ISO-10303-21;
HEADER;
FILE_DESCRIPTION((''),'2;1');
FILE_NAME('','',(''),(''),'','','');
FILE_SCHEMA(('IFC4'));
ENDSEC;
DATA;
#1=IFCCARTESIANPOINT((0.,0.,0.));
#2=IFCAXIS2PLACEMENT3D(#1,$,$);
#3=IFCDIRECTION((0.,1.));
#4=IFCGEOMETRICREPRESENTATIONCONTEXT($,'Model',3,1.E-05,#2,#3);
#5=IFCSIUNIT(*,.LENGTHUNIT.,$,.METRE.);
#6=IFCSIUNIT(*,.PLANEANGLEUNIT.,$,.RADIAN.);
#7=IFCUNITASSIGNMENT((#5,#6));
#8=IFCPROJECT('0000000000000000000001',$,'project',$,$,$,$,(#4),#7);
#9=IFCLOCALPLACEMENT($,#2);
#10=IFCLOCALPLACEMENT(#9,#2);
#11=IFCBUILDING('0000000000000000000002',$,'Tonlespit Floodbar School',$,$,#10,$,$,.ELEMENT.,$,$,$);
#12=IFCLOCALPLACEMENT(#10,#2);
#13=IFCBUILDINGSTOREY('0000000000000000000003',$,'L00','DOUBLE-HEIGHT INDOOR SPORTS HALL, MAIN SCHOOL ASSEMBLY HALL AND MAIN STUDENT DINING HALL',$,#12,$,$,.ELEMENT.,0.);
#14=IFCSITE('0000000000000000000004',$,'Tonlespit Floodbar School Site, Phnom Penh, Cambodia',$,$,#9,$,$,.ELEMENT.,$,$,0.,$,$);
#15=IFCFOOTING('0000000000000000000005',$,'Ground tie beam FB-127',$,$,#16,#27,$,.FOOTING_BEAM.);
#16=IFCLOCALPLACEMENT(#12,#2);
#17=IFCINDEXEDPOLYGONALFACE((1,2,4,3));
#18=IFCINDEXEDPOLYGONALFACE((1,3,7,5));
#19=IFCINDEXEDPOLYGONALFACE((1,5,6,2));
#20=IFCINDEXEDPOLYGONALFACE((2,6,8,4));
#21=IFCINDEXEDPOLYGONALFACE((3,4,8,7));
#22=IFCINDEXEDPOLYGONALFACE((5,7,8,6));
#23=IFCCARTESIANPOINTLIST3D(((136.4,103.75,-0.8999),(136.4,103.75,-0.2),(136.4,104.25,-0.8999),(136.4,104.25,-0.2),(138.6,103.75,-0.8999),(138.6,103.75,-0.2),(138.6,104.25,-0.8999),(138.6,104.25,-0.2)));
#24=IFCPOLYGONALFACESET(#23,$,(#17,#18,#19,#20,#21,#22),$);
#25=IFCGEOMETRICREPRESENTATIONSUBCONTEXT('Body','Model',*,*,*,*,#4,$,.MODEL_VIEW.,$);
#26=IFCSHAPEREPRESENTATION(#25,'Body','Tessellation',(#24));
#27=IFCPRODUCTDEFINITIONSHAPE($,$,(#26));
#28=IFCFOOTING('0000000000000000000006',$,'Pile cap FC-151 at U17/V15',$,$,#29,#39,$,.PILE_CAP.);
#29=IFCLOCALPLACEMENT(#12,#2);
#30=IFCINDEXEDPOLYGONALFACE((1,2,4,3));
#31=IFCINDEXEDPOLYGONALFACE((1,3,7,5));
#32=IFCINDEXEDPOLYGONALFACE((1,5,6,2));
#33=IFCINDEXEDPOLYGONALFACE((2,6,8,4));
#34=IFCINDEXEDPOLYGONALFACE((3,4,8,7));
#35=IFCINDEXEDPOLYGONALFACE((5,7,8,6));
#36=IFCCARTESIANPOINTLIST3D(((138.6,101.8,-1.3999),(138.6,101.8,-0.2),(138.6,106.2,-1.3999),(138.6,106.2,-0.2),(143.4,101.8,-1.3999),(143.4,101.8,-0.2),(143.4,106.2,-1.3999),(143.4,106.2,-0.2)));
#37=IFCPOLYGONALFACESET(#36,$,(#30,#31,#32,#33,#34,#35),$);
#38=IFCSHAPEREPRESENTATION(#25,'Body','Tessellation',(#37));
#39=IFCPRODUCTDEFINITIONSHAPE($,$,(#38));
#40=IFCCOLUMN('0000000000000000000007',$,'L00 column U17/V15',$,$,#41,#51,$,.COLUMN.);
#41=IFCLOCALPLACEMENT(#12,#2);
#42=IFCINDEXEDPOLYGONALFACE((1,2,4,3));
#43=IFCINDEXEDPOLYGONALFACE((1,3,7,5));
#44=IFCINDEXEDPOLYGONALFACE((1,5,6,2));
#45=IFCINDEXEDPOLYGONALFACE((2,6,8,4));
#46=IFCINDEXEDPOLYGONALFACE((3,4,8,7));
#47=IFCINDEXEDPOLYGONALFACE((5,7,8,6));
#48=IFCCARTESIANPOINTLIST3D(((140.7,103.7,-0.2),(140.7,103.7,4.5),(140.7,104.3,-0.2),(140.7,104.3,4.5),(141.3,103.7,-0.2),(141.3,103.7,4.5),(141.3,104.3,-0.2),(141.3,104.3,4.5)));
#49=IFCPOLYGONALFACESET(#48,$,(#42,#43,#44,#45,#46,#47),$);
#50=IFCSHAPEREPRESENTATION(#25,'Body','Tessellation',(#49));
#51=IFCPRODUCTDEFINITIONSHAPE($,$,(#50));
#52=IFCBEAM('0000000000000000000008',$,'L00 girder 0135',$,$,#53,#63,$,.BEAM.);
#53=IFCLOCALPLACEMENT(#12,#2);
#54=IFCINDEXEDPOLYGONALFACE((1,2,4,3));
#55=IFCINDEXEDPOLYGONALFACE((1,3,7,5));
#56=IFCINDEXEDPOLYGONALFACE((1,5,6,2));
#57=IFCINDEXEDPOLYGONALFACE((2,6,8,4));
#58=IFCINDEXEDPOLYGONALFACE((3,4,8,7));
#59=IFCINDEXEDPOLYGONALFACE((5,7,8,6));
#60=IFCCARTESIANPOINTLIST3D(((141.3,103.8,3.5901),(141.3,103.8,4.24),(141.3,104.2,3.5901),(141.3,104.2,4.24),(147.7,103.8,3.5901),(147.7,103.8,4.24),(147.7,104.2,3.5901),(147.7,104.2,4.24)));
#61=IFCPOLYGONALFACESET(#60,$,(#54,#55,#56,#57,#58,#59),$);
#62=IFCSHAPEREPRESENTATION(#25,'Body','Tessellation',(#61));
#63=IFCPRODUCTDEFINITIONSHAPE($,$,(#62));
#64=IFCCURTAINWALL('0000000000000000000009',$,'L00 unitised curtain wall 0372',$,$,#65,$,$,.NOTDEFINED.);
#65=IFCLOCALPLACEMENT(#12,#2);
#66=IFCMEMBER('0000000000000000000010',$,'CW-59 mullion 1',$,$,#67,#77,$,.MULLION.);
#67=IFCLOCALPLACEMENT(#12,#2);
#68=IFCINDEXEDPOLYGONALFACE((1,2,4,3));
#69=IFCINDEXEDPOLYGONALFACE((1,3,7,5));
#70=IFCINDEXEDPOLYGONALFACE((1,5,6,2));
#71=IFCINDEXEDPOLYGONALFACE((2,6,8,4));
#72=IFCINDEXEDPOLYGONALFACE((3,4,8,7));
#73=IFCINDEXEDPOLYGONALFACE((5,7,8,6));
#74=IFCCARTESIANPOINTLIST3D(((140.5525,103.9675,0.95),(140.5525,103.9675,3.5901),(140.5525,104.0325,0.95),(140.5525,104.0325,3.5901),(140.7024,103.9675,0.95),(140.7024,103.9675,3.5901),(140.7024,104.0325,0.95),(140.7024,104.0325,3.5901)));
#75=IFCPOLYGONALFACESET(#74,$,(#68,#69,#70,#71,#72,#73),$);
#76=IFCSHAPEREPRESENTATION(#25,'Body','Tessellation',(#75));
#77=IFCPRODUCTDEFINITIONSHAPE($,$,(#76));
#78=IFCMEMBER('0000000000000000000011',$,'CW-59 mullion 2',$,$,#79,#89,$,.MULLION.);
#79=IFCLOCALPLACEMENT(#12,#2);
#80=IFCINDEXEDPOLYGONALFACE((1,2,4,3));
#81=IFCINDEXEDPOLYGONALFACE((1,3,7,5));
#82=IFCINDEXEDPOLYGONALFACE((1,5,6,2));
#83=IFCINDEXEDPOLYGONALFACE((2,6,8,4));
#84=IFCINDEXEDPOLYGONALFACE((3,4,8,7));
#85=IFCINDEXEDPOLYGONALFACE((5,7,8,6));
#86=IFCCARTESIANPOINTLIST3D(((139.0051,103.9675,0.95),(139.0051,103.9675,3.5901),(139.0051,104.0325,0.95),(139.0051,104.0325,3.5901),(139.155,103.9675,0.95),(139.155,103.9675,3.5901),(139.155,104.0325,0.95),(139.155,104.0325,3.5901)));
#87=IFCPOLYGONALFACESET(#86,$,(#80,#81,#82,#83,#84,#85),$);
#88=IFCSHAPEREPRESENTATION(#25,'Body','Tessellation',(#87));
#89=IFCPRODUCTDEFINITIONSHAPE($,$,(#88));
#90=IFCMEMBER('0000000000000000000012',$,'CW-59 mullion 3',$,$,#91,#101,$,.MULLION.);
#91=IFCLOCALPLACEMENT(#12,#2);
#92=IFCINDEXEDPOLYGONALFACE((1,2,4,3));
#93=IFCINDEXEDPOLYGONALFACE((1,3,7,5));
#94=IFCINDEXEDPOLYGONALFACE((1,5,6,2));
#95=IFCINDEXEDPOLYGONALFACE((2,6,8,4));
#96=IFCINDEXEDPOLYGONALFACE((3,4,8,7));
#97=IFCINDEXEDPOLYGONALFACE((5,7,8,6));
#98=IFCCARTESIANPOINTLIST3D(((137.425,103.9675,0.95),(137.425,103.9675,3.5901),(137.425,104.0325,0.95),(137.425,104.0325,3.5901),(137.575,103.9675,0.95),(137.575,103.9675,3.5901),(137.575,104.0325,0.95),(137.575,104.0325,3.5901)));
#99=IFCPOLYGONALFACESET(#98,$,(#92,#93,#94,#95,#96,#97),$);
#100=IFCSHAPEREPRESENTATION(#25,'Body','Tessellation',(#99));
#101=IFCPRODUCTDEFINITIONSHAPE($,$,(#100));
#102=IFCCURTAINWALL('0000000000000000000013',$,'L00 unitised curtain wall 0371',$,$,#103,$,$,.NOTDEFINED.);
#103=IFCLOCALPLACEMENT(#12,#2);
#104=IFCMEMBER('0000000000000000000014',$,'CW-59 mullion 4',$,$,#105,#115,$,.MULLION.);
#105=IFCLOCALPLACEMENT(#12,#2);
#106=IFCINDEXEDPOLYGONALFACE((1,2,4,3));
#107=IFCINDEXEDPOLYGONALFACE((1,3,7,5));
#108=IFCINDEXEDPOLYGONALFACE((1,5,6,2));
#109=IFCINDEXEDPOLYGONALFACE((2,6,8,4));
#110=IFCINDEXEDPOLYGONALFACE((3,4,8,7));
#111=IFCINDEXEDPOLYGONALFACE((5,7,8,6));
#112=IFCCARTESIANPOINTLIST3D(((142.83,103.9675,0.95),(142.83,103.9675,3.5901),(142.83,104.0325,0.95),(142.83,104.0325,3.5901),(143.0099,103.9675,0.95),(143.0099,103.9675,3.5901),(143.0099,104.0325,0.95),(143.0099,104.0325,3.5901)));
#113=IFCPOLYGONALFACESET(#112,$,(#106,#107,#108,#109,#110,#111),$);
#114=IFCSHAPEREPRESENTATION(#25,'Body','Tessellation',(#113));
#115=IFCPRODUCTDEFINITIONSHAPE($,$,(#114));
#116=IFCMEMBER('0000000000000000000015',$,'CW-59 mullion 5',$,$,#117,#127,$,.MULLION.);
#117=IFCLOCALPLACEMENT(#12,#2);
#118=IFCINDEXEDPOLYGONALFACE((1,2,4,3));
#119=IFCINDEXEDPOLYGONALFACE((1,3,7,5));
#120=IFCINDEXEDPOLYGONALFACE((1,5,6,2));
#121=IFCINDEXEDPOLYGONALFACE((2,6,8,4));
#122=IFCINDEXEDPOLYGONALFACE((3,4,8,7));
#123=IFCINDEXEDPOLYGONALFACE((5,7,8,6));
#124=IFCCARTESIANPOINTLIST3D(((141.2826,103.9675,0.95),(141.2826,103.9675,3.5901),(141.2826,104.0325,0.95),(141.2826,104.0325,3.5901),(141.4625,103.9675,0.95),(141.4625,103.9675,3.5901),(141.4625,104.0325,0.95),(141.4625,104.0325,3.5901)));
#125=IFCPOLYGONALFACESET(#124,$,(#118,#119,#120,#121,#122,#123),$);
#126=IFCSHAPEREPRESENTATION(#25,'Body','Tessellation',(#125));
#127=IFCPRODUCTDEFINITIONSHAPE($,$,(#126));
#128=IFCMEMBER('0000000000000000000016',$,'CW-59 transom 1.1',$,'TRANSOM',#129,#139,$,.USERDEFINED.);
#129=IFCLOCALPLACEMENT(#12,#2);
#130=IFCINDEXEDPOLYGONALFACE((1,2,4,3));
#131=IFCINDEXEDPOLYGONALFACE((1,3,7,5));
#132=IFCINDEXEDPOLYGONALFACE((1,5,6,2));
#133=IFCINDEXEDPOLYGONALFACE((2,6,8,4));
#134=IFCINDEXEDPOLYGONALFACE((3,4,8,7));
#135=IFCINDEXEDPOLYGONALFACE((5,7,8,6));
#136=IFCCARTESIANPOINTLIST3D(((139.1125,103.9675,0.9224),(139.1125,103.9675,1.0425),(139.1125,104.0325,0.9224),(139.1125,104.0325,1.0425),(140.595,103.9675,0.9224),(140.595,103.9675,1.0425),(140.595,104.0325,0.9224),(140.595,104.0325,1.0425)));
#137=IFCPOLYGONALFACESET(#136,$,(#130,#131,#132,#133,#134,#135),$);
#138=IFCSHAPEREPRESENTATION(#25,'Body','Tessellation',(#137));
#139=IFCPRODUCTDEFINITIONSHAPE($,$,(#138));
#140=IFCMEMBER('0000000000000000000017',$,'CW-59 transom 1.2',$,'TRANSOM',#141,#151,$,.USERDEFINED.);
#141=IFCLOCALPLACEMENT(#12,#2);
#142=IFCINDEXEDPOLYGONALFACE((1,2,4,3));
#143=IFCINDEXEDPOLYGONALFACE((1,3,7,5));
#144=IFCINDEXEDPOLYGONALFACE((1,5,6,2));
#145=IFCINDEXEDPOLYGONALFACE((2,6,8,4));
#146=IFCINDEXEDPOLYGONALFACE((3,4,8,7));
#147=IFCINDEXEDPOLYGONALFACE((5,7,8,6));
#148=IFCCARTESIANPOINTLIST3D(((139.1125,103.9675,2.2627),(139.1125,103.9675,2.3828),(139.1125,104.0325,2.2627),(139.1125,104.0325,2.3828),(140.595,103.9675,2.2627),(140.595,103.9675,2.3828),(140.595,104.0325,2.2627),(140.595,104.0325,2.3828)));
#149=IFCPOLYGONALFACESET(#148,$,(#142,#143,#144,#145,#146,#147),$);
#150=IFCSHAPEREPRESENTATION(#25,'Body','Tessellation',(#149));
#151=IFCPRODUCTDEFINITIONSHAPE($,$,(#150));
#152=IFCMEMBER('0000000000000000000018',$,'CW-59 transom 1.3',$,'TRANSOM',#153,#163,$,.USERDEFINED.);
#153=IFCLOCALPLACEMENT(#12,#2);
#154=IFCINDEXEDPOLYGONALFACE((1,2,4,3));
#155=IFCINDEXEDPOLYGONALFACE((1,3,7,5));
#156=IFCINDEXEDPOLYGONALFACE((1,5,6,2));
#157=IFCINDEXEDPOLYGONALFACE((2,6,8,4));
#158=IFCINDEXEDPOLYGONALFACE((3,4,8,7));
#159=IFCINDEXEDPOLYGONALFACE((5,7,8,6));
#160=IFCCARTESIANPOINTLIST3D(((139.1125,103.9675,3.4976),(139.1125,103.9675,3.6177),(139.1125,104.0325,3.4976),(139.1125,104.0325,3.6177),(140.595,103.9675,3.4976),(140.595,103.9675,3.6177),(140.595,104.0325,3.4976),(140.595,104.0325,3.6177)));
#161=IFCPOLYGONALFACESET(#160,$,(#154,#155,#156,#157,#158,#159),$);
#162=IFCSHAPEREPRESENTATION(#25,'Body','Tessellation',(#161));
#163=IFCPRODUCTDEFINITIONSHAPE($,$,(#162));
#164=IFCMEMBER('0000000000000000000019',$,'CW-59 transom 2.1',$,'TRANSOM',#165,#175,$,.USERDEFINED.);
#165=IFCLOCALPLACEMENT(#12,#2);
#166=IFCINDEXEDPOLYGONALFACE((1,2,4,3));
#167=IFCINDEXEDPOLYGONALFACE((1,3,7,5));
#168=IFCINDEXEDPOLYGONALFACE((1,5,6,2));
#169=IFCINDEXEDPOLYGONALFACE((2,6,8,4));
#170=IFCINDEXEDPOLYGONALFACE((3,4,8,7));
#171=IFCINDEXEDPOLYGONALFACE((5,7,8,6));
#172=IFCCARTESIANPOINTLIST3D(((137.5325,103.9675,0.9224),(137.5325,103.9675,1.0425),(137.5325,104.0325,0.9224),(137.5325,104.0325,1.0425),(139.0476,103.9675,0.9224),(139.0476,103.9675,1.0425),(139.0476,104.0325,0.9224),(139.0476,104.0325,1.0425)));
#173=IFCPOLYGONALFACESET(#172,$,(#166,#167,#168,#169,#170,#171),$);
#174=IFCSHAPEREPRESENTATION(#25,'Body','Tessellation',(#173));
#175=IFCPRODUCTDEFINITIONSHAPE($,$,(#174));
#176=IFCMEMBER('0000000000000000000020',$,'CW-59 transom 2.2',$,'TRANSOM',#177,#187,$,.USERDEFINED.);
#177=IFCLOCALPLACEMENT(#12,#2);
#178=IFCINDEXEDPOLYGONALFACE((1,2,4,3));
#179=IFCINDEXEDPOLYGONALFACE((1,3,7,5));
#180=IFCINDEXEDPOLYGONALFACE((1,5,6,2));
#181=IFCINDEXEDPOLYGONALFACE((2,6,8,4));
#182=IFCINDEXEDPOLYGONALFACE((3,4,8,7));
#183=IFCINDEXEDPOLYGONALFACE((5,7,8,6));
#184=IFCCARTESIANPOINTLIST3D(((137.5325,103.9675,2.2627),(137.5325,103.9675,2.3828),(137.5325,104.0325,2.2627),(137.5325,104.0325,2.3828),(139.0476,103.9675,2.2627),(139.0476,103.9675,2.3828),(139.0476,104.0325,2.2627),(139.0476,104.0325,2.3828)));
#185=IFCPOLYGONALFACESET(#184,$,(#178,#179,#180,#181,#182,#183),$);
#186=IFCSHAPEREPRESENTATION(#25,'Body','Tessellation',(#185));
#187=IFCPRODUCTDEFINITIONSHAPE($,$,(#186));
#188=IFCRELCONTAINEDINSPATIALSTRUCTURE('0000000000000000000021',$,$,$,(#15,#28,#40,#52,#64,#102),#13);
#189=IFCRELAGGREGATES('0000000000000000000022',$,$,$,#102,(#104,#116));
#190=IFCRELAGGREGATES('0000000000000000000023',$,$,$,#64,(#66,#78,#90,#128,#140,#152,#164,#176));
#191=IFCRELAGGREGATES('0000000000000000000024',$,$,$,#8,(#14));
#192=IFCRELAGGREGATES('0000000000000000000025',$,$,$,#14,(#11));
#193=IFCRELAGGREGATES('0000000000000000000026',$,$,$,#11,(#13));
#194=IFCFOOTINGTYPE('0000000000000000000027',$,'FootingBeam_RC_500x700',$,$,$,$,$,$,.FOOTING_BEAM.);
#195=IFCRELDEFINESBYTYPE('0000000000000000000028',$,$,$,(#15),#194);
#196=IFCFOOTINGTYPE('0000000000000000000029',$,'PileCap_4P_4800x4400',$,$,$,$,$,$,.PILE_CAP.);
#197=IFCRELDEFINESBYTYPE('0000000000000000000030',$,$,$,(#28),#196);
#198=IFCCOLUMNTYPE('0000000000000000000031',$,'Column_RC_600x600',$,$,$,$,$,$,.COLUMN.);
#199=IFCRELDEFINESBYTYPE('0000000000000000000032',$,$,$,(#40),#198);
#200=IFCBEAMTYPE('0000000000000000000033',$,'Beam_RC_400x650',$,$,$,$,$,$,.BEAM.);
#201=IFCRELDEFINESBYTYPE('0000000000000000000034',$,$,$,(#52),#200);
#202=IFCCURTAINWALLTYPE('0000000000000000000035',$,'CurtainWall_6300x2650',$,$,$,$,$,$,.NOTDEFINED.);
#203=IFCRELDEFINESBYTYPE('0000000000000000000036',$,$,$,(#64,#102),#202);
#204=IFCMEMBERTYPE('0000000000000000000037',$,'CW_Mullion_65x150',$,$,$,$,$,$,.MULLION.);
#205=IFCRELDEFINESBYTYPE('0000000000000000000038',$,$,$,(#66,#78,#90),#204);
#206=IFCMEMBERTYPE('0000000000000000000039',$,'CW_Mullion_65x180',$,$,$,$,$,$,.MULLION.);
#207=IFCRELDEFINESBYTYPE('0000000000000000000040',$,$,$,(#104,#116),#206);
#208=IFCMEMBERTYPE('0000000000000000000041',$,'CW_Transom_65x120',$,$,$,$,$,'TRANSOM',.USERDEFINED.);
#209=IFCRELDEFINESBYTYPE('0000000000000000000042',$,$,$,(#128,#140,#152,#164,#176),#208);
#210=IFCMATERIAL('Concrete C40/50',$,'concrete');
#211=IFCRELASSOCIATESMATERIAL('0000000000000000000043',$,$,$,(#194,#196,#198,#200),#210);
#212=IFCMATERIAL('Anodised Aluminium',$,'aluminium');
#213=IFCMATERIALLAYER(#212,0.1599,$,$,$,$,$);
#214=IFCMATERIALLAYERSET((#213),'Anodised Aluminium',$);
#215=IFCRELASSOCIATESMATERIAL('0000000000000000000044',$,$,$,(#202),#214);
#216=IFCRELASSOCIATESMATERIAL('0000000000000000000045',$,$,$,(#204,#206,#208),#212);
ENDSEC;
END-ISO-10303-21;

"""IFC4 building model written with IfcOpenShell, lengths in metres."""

from ifc_helpers import new_model, si_unit, direction, frame, origin, origin_2d, place, context, subcontext, project, spatial, rectangle, extrude, material, layer, layer_set, material_profile, profile_set, type_object, element, aggregate, save


model = new_model("IFC4")

# Units and contexts
model_context = context("Model", 3, precision=1e-05, world=origin(), true_north=direction((0.0, 1.0)))
body_context = subcontext(model_context, "Body", "Model", "MODEL_VIEW")
ifc_project = project(units=[si_unit("LENGTHUNIT", "METRE"), si_unit("PLANEANGLEUNIT", "RADIAN")], contexts=[model_context])

# Site, building, storey
site_placement = place(None, origin())
site = spatial("IfcSite", under=ifc_project, at=site_placement, Name="Tonlespit Floodbar School Site, Phnom Penh, Cambodia", CompositionType="ELEMENT", RefElevation=0.0)
building_placement = place(site_placement, origin())
building = spatial("IfcBuilding", under=site, at=building_placement, Name="Tonlespit Floodbar School", CompositionType="ELEMENT")
storey_placement = place(building_placement, origin())
storey = spatial("IfcBuildingStorey", under=building, at=storey_placement, Name="L00", Description="DOUBLE-HEIGHT INDOOR SPORTS HALL, MAIN SCHOOL ASSEMBLY HALL AND MAIN STUDENT DINING HALL", CompositionType="ELEMENT", Elevation=0.0)

# Footings
ifc_material_1 = material(Name="Concrete C40/50", Category="concrete")
footing_type_1 = type_object("IfcFootingType", Name="FootingBeam_RC_500x700", PredefinedType="FOOTING_BEAM", material=ifc_material_1)
footing_1_placement = place(storey_placement, frame((137.5, 104.0, -0.8999), z_axis=(0.0, 0.0, 1.0), x_axis=(1.0, 0.0, 0.0)))
element("IfcFooting", 1, at=footing_1_placement, inside=storey, type_object=footing_type_1, Name="Ground tie beam FB-127", PredefinedType="FOOTING_BEAM", context=body_context, shape_type="SweptSolid", body=[
    extrude(rectangle(XDim=2.2, YDim=0.5, at=origin_2d()), origin(), (0.0, 0.0, 1.0), 0.7),
])
footing_type_2 = type_object("IfcFootingType", Name="PileCap_4P_4800x4400", PredefinedType="PILE_CAP", material=ifc_material_1)
footing_2_placement = place(storey_placement, frame((141.0, 104.0, -1.3999), z_axis=(0.0, 0.0, 1.0), x_axis=(1.0, 0.0, 0.0)))
element("IfcFooting", 2, at=footing_2_placement, inside=storey, type_object=footing_type_2, Name="Pile cap FC-151 at U17/V15", PredefinedType="PILE_CAP", context=body_context, shape_type="SweptSolid", body=[
    extrude(rectangle(XDim=4.8, YDim=4.3999, at=origin_2d()), origin(), (0.0, 0.0, 1.0), 1.2),
])

# Column
ifc_material_profile_1 = material_profile(ifc_material_1, rectangle(XDim=0.6001, YDim=0.6001, at=origin_2d()), Name="RC 600x600")
ifc_profile_set_1 = profile_set([ifc_material_profile_1], Name="Concrete C40/50")
column_type = type_object("IfcColumnType", Name="Column_RC_600x600", PredefinedType="COLUMN", material=ifc_profile_set_1)
column_placement = place(storey_placement, frame((141.0, 104.0, -0.2), z_axis=(0.0, 0.0, 1.0), x_axis=(1.0, 0.0, 0.0)))
element("IfcColumn", 3, at=column_placement, inside=storey, type_object=column_type, Name="L00 column U17/V15", PredefinedType="COLUMN", context=body_context, shape_type="SweptSolid", body=[
    extrude(rectangle(XDim=0.6001, YDim=0.6001, at=origin_2d()), origin(), (0.0, 0.0, 1.0), 4.7),
])

# Beam
ifc_material_profile_2 = material_profile(ifc_material_1, rectangle(XDim=0.3999, YDim=0.6499, at=origin_2d()), Name="RC 400x650")
ifc_profile_set_2 = profile_set([ifc_material_profile_2], Name="Concrete C40/50")
beam_type = type_object("IfcBeamType", Name="Beam_RC_400x650", PredefinedType="BEAM", material=ifc_profile_set_2)
beam_placement = place(storey_placement, frame((141.3, 104.0, 3.915), z_axis=(1.0, 0.0, 0.0), x_axis=(0.0, 1.0, 0.0)))
element("IfcBeam", 4, at=beam_placement, inside=storey, type_object=beam_type, Name="L00 girder 0135", PredefinedType="BEAM", context=body_context, shape_type="SweptSolid", body=[
    extrude(rectangle(XDim=0.3999, YDim=0.6499, at=origin_2d()), origin(), (0.0, 0.0, 1.0), 6.3999),
])

# Curtain walls, members
ifc_material_2 = material(Name="Anodised Aluminium", Category="aluminium")
ifc_layer_1 = layer(ifc_material_2, 0.1599)
ifc_layer_set_1 = layer_set([ifc_layer_1], Name="Anodised Aluminium")
curtain_wall_type = type_object("IfcCurtainWallType", Name="CurtainWall_6300x2650", PredefinedType="NOTDEFINED", material=ifc_layer_set_1)
curtain_wall_1_placement = place(storey_placement, origin())
curtain_wall_1 = element("IfcCurtainWall", 5, at=curtain_wall_1_placement, inside=storey, type_object=curtain_wall_type, Name="L00 unitised curtain wall 0372", PredefinedType="NOTDEFINED")
ifc_material_profile_3 = material_profile(ifc_material_2, rectangle(XDim=0.0649, YDim=0.1499, at=origin_2d()), Name="ALU M65x150")
ifc_profile_set_3 = profile_set([ifc_material_profile_3], Name="Anodised Aluminium")
member_type_1 = type_object("IfcMemberType", Name="CW_Mullion_65x150", PredefinedType="MULLION", material=ifc_profile_set_3)
member_1_placement = place(storey_placement, frame((140.6274, 104.0, 0.95), z_axis=(0.0, 0.0, 1.0), x_axis=(0.0, -1.0, 0.0)))
member_1 = element("IfcMember", 6, at=member_1_placement, type_object=member_type_1, Name="CW-59 mullion 1", PredefinedType="MULLION", context=body_context, shape_type="SweptSolid", body=[
    extrude(rectangle(XDim=0.0649, YDim=0.1499, at=origin_2d()), origin(), (0.0, 0.0, 1.0), 2.6401),
])
member_2_placement = place(storey_placement, frame((139.0801, 104.0, 0.95), z_axis=(0.0, 0.0, 1.0), x_axis=(0.0, -1.0, 0.0)))
member_2 = element("IfcMember", 7, at=member_2_placement, type_object=member_type_1, Name="CW-59 mullion 2", PredefinedType="MULLION", context=body_context, shape_type="SweptSolid", body=[
    extrude(rectangle(XDim=0.0649, YDim=0.1499, at=origin_2d()), origin(), (0.0, 0.0, 1.0), 2.6401),
])
member_3_placement = place(storey_placement, frame((137.5, 104.0, 0.95), z_axis=(0.0, 0.0, 1.0), x_axis=(0.0, -1.0, 0.0)))
member_3 = element("IfcMember", 8, at=member_3_placement, type_object=member_type_1, Name="CW-59 mullion 3", PredefinedType="MULLION", context=body_context, shape_type="SweptSolid", body=[
    extrude(rectangle(XDim=0.0649, YDim=0.1499, at=origin_2d()), origin(), (0.0, 0.0, 1.0), 2.6401),
])
curtain_wall_2_placement = place(storey_placement, origin())
curtain_wall_2 = element("IfcCurtainWall", 9, at=curtain_wall_2_placement, inside=storey, type_object=curtain_wall_type, Name="L00 unitised curtain wall 0371", PredefinedType="NOTDEFINED")
ifc_material_profile_4 = material_profile(ifc_material_2, rectangle(XDim=0.0649, YDim=0.1799, at=origin_2d()), Name="ALU M65x180")
ifc_profile_set_4 = profile_set([ifc_material_profile_4], Name="Anodised Aluminium")
member_type_2 = type_object("IfcMemberType", Name="CW_Mullion_65x180", PredefinedType="MULLION", material=ifc_profile_set_4)
member_4_placement = place(storey_placement, frame((142.9199, 104.0, 0.95), z_axis=(0.0, 0.0, 1.0), x_axis=(0.0, -1.0, 0.0)))
member_4 = element("IfcMember", 10, at=member_4_placement, type_object=member_type_2, Name="CW-59 mullion 4", PredefinedType="MULLION", context=body_context, shape_type="SweptSolid", body=[
    extrude(rectangle(XDim=0.0649, YDim=0.1799, at=origin_2d()), origin(), (0.0, 0.0, 1.0), 2.6401),
])
member_5_placement = place(storey_placement, frame((141.3726, 104.0, 0.95), z_axis=(0.0, 0.0, 1.0), x_axis=(0.0, -1.0, 0.0)))
member_5 = element("IfcMember", 11, at=member_5_placement, type_object=member_type_2, Name="CW-59 mullion 5", PredefinedType="MULLION", context=body_context, shape_type="SweptSolid", body=[
    extrude(rectangle(XDim=0.0649, YDim=0.1799, at=origin_2d()), origin(), (0.0, 0.0, 1.0), 2.6401),
])

# Members
ifc_material_profile_5 = material_profile(ifc_material_2, rectangle(XDim=0.0649, YDim=0.1201, at=origin_2d()), Name="ALU T65x120")
ifc_profile_set_5 = profile_set([ifc_material_profile_5], Name="Anodised Aluminium")
member_type_3 = type_object("IfcMemberType", Name="CW_Transom_65x120", ElementType="TRANSOM", PredefinedType="USERDEFINED", material=ifc_profile_set_5)
member_6_placement = place(storey_placement, frame((140.595, 104.0, 0.9824), z_axis=(-1.0, 0.0, 0.0), x_axis=(0.0, -1.0, 0.0)))
member_6 = element("IfcMember", 12, at=member_6_placement, type_object=member_type_3, Name="CW-59 transom 1.1", ObjectType="TRANSOM", PredefinedType="USERDEFINED", context=body_context, shape_type="SweptSolid", body=[
    extrude(rectangle(XDim=0.0649, YDim=0.1201, at=origin_2d()), origin(), (0.0, 0.0, 1.0), 1.4824),
])
member_7_placement = place(storey_placement, frame((140.595, 104.0, 2.3228), z_axis=(-1.0, 0.0, 0.0), x_axis=(0.0, -1.0, 0.0)))
member_7 = element("IfcMember", 13, at=member_7_placement, type_object=member_type_3, Name="CW-59 transom 1.2", ObjectType="TRANSOM", PredefinedType="USERDEFINED", context=body_context, shape_type="SweptSolid", body=[
    extrude(rectangle(XDim=0.0649, YDim=0.1201, at=origin_2d()), origin(), (0.0, 0.0, 1.0), 1.4824),
])
member_8_placement = place(storey_placement, frame((140.595, 104.0, 3.5576), z_axis=(-1.0, 0.0, 0.0), x_axis=(0.0, -1.0, 0.0)))
member_8 = element("IfcMember", 14, at=member_8_placement, type_object=member_type_3, Name="CW-59 transom 1.3", ObjectType="TRANSOM", PredefinedType="USERDEFINED", context=body_context, shape_type="SweptSolid", body=[
    extrude(rectangle(XDim=0.0649, YDim=0.1201, at=origin_2d()), origin(), (0.0, 0.0, 1.0), 1.4824),
])
member_9_placement = place(storey_placement, frame((139.0476, 104.0, 0.9824), z_axis=(-1.0, 0.0, 0.0), x_axis=(0.0, -1.0, 0.0)))
member_9 = element("IfcMember", 15, at=member_9_placement, type_object=member_type_3, Name="CW-59 transom 2.1", ObjectType="TRANSOM", PredefinedType="USERDEFINED", context=body_context, shape_type="SweptSolid", body=[
    extrude(rectangle(XDim=0.0649, YDim=0.1201, at=origin_2d()), origin(), (0.0, 0.0, 1.0), 1.5151),
])
member_10_placement = place(storey_placement, frame((139.0476, 104.0, 2.3228), z_axis=(-1.0, 0.0, 0.0), x_axis=(0.0, -1.0, 0.0)))
member_10 = element("IfcMember", 16, at=member_10_placement, type_object=member_type_3, Name="CW-59 transom 2.2", ObjectType="TRANSOM", PredefinedType="USERDEFINED", context=body_context, shape_type="SweptSolid", body=[
    extrude(rectangle(XDim=0.0649, YDim=0.1201, at=origin_2d()), origin(), (0.0, 0.0, 1.0), 1.5151),
])

aggregate(curtain_wall_2, [member_4, member_5])
aggregate(curtain_wall_1, [member_1, member_2, member_3, member_6, member_7, member_8, member_9, member_10])

save(model, "model.ifc")
